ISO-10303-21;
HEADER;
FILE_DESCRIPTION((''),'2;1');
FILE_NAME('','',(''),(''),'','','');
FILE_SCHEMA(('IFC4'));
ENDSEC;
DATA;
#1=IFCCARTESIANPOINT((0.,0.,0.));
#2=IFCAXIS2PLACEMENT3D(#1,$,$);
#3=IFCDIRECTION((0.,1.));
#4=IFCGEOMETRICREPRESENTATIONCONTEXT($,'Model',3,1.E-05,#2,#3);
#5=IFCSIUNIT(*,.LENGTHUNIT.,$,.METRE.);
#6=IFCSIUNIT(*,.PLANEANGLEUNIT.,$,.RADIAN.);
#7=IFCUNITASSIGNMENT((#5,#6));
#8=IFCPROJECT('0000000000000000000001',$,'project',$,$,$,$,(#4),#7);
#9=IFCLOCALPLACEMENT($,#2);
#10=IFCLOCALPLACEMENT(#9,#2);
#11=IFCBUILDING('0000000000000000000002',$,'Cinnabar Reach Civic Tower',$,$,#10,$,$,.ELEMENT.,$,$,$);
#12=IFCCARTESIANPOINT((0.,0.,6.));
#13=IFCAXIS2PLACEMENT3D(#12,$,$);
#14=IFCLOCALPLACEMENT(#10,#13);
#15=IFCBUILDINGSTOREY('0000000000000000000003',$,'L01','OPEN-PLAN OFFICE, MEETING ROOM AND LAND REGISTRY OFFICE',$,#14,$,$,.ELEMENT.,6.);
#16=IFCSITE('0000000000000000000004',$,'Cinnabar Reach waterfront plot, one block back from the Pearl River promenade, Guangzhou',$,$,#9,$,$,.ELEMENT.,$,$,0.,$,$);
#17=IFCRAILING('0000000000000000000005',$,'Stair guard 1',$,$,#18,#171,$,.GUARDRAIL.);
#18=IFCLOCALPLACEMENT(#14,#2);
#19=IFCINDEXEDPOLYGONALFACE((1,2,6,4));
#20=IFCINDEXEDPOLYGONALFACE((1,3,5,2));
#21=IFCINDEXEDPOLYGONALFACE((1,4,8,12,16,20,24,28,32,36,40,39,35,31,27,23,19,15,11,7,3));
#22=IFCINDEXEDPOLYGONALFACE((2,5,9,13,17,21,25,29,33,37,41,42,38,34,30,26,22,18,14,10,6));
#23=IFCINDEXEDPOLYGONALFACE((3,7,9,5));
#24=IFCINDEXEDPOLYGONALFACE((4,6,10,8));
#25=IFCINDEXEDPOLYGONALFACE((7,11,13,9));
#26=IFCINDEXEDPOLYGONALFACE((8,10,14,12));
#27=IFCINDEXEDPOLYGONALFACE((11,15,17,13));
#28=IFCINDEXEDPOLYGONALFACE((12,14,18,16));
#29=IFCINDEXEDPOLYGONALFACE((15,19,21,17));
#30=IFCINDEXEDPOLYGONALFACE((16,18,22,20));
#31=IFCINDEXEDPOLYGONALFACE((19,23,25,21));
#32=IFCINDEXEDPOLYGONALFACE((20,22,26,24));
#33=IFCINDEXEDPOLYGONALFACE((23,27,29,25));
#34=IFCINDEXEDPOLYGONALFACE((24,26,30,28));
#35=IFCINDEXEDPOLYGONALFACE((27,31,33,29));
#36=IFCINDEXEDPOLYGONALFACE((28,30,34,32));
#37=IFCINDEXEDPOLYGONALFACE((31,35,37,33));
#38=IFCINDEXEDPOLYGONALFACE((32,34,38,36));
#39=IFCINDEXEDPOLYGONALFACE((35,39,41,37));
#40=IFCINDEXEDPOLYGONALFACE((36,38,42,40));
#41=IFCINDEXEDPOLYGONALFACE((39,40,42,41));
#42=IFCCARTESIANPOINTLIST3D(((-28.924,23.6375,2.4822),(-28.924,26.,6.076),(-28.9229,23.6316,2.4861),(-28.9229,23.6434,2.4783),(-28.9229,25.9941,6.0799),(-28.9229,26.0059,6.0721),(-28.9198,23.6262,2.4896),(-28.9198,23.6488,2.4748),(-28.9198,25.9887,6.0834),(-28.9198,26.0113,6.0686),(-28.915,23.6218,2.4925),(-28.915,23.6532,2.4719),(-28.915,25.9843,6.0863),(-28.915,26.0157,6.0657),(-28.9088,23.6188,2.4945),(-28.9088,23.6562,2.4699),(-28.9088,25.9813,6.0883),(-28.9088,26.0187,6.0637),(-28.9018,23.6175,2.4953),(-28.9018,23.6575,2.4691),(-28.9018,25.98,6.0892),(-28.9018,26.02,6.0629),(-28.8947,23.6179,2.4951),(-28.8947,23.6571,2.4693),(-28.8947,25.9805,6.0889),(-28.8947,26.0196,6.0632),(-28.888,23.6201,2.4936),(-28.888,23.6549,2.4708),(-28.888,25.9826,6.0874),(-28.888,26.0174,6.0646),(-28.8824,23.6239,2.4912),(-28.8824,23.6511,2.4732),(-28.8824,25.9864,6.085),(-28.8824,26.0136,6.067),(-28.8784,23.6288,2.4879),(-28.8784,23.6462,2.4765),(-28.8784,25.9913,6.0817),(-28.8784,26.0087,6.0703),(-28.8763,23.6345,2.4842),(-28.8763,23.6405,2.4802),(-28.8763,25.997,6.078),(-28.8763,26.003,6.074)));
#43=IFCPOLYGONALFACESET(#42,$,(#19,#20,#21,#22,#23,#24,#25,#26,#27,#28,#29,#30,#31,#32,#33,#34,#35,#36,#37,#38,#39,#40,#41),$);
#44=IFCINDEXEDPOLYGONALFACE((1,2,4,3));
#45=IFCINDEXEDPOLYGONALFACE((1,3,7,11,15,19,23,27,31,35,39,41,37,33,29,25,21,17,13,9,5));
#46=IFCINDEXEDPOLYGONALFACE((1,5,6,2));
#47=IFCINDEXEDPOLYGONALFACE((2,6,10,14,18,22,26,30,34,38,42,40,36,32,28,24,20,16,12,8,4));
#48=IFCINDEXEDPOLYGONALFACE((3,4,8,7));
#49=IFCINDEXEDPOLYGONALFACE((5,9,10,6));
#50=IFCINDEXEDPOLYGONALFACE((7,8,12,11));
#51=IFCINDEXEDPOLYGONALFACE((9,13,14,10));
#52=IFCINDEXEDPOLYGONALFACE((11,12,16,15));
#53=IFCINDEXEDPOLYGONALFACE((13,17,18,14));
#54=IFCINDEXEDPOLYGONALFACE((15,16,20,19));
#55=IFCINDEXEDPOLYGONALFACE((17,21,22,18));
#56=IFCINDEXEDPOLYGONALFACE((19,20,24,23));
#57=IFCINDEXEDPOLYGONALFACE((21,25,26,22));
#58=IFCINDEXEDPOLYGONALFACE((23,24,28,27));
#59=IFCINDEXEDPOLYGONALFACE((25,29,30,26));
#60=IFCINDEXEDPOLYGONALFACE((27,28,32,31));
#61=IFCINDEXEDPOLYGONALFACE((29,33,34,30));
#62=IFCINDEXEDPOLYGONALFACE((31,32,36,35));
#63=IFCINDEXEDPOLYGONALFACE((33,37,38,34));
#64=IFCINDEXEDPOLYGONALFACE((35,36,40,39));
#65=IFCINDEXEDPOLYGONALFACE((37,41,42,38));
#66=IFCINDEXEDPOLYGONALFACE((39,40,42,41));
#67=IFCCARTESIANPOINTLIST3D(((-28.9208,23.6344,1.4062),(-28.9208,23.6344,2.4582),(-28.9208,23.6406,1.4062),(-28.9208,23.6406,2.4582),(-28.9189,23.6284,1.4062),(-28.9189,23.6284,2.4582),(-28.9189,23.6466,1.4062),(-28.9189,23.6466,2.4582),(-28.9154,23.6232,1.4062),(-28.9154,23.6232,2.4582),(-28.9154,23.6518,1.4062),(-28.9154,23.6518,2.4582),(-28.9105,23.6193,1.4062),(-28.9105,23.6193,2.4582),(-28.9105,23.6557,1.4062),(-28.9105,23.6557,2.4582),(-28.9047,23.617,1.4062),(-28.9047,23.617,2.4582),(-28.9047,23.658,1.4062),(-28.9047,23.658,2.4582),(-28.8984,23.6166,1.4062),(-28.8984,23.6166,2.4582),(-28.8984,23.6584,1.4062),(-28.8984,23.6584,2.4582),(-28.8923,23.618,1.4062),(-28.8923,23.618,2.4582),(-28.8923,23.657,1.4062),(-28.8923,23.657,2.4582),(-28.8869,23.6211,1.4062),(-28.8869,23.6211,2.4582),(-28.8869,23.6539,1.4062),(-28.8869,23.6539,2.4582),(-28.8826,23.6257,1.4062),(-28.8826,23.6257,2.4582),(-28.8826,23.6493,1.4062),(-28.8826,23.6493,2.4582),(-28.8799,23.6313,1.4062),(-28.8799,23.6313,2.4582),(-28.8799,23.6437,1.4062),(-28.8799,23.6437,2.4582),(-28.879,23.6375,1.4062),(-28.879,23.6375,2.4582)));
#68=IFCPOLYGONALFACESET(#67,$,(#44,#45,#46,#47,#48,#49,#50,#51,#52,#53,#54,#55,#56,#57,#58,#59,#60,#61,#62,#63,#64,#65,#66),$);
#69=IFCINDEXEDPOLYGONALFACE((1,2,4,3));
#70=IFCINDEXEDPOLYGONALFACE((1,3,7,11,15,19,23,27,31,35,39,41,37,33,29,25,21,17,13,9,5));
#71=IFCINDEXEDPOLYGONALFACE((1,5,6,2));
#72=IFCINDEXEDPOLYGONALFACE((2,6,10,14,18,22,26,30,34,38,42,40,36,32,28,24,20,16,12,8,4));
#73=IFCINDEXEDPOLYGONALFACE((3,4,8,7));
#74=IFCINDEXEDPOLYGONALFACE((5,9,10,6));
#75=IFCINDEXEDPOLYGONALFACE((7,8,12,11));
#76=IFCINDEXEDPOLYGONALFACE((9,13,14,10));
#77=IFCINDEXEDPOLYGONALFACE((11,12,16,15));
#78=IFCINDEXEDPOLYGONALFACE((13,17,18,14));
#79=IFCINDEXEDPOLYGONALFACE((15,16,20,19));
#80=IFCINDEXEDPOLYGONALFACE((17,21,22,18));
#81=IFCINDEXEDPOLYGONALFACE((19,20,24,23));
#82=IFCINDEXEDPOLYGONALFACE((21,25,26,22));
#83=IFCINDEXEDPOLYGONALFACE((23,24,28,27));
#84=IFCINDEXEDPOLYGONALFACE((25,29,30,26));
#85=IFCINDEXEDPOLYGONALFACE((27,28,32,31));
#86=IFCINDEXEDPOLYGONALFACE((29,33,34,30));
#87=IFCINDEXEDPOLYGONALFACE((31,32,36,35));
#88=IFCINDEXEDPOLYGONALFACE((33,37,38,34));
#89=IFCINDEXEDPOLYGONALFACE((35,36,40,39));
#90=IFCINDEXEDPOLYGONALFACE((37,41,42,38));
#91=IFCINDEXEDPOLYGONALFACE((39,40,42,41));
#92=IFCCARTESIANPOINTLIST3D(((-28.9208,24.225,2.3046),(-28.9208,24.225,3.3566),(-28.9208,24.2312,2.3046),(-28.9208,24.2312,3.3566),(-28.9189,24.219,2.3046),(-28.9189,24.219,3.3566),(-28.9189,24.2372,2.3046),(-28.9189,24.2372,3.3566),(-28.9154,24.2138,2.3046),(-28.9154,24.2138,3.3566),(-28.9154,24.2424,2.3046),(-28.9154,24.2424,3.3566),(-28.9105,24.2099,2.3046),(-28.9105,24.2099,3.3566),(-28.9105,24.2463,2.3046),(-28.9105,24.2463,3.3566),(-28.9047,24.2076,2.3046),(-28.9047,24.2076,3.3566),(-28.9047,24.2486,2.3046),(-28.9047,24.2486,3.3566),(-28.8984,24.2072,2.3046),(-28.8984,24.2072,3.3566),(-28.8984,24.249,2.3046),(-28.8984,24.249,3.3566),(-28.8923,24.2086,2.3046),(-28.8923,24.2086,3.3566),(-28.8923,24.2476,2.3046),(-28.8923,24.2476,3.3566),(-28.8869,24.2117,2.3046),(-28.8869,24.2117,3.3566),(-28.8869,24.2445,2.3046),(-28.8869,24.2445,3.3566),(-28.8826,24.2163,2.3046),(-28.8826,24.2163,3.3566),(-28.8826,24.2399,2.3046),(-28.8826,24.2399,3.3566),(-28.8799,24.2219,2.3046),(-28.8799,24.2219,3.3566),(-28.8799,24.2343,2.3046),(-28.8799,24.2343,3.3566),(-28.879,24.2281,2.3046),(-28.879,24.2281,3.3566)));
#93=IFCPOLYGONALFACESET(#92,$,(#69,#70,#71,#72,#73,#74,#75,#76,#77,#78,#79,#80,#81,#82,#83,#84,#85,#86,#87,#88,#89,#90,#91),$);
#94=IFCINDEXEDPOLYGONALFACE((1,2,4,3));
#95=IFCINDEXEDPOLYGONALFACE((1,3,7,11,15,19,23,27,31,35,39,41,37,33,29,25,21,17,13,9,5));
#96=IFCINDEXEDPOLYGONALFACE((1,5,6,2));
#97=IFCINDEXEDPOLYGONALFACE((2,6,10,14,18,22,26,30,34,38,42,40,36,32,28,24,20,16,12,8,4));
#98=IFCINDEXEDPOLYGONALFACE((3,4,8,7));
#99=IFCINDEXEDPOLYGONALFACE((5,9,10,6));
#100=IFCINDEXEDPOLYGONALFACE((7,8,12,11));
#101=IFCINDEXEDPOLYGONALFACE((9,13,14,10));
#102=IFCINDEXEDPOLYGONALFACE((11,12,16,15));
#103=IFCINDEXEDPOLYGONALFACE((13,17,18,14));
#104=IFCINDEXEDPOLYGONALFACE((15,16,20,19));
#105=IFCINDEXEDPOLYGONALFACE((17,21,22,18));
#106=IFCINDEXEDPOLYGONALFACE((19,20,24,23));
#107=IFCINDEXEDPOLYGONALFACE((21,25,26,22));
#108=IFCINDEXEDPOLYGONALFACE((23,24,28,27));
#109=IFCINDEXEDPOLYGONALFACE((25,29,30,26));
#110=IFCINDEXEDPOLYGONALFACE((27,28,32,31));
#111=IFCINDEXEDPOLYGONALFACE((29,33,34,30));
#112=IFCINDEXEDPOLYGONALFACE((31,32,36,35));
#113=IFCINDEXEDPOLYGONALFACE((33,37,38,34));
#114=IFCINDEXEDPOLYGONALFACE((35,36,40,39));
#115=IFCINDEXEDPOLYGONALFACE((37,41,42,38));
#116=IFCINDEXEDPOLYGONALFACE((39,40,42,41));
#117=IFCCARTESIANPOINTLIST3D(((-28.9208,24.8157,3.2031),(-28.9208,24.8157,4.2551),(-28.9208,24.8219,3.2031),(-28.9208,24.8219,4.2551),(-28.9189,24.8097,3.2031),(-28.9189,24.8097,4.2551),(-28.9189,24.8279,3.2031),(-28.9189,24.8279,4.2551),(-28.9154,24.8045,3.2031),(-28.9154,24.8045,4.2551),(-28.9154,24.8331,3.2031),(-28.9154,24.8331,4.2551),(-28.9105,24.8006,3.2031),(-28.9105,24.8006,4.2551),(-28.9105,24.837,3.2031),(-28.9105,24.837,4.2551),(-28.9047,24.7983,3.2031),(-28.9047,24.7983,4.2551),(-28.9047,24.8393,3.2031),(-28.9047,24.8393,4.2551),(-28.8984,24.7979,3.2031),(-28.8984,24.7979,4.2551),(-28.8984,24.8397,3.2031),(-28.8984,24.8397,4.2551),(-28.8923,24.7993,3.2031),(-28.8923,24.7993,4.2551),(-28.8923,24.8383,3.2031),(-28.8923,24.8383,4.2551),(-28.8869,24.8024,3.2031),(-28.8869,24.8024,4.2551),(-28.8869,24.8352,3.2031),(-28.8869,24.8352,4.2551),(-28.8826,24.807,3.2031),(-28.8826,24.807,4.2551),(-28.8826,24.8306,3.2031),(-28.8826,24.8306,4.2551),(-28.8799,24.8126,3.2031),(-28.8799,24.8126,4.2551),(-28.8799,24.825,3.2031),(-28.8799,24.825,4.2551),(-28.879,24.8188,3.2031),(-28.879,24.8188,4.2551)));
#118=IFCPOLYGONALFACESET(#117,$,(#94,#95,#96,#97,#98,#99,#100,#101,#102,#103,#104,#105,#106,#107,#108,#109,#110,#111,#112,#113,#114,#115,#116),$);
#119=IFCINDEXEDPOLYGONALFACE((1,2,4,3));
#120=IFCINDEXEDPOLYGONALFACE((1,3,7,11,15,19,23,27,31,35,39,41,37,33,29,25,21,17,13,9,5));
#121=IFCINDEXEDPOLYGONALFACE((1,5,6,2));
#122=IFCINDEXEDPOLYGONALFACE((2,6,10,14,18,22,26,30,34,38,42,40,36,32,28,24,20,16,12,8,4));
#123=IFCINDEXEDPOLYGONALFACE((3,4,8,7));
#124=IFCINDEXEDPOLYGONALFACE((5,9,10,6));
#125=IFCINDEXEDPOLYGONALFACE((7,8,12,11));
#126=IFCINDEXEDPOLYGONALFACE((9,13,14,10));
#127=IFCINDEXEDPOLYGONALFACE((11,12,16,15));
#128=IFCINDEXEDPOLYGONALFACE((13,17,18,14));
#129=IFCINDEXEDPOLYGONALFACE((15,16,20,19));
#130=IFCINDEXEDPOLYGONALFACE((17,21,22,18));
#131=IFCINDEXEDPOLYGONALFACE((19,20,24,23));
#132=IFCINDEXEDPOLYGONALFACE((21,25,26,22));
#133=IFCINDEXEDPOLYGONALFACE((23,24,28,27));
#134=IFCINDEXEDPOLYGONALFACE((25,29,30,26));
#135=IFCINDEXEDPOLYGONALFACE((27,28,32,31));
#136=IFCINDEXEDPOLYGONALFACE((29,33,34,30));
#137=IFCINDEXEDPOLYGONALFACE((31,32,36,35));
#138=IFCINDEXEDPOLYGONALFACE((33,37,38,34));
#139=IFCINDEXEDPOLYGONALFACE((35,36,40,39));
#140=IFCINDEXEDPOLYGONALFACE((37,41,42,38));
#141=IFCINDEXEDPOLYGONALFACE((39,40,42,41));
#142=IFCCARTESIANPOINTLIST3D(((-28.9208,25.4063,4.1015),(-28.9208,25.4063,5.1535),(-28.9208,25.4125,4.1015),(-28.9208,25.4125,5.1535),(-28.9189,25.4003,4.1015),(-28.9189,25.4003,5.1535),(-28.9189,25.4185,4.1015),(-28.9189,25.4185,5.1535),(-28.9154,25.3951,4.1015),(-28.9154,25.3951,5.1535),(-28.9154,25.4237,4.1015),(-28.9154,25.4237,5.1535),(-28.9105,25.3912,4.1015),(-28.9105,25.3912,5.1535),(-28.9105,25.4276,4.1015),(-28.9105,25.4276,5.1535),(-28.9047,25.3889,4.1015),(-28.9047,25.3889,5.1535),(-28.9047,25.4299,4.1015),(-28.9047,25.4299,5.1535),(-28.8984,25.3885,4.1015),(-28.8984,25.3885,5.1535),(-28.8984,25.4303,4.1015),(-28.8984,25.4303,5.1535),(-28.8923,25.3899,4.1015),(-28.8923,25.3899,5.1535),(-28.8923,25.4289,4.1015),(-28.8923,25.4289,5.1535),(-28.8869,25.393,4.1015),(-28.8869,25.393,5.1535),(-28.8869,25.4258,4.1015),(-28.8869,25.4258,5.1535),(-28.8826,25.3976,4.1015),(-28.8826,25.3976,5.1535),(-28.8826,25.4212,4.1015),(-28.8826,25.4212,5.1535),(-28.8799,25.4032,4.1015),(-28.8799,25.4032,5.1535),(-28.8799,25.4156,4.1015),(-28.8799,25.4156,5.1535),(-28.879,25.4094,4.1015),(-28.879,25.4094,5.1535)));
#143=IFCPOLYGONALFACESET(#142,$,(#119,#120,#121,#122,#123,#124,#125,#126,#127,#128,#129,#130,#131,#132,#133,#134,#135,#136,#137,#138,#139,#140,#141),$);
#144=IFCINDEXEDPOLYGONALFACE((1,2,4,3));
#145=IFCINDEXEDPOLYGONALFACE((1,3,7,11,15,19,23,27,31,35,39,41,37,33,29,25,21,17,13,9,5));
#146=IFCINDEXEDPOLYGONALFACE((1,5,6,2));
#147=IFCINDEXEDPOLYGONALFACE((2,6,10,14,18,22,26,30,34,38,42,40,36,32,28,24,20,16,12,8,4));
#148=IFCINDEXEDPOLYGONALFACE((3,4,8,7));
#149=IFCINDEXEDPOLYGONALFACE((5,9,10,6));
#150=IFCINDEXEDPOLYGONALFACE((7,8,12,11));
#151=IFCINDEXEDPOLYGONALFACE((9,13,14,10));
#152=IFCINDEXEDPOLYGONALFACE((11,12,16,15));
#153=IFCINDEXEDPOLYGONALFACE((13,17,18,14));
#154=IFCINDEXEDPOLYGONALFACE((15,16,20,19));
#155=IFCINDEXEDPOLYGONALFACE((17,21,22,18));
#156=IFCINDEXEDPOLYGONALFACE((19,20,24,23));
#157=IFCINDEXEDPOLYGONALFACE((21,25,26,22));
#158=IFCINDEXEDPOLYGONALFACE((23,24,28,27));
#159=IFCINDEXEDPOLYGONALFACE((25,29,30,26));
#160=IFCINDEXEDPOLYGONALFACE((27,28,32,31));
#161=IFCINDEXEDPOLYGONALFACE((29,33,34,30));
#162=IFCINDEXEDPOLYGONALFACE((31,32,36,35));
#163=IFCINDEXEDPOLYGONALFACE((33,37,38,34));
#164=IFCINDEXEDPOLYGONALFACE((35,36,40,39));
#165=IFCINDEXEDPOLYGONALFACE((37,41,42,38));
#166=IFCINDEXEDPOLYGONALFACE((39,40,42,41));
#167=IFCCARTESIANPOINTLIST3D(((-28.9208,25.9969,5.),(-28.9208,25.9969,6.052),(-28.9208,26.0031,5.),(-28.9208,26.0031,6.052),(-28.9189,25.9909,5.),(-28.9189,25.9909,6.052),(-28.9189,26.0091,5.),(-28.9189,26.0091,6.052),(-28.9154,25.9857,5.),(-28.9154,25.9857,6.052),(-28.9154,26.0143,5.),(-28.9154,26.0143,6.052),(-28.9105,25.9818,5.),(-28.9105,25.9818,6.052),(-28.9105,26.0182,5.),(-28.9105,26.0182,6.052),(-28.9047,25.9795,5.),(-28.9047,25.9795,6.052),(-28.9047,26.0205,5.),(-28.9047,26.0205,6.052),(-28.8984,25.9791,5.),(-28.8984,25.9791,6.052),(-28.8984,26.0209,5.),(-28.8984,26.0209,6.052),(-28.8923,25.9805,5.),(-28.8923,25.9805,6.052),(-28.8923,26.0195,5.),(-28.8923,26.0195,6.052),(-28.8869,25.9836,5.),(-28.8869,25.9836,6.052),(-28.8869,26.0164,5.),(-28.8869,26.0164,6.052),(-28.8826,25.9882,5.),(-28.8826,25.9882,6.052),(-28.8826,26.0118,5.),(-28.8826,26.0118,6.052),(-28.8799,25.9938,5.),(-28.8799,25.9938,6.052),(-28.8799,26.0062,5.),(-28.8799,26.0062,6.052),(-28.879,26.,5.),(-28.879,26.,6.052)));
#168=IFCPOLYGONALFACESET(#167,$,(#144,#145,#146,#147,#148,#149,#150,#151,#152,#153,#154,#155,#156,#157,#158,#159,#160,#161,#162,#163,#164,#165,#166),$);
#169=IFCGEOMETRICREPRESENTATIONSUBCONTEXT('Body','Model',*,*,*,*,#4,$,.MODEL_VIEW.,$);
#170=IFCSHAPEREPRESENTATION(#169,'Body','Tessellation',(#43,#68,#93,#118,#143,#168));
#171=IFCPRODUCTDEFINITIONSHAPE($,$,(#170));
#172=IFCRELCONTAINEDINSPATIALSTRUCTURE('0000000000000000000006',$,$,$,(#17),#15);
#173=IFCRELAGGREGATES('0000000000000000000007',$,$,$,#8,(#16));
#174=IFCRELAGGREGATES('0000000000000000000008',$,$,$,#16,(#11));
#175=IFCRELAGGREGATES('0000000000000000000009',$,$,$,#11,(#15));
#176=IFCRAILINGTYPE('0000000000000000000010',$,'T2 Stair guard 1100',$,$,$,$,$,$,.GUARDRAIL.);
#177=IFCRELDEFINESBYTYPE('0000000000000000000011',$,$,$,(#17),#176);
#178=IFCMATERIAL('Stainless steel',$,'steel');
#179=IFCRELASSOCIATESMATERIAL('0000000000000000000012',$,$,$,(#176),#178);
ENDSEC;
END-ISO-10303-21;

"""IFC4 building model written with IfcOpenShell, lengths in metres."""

from ifc_helpers import new_model, si_unit, direction, frame, origin, origin_2d, place, context, subcontext, project, spatial, circle, extrude, material, type_object, element, save


model = new_model("IFC4")

# Units and contexts
model_context = context("Model", 3, precision=1e-05, world=origin(), true_north=direction((0.0, 1.0)))
body_context = subcontext(model_context, "Body", "Model", "MODEL_VIEW")
ifc_project = project(units=[si_unit("LENGTHUNIT", "METRE"), si_unit("PLANEANGLEUNIT", "RADIAN")], contexts=[model_context])

# Site, building, storey
site_placement = place(None, origin())
site = spatial("IfcSite", under=ifc_project, at=site_placement, Name="Cinnabar Reach waterfront plot, one block back from the Pearl River promenade, Guangzhou", CompositionType="ELEMENT", RefElevation=0.0)
building_placement = place(site_placement, origin())
building = spatial("IfcBuilding", under=site, at=building_placement, Name="Cinnabar Reach Civic Tower", CompositionType="ELEMENT")
storey_placement = place(building_placement, frame((0.0, 0.0, 6.0)))
storey = spatial("IfcBuildingStorey", under=building, at=storey_placement, Name="L01", Description="OPEN-PLAN OFFICE, MEETING ROOM AND LAND REGISTRY OFFICE", CompositionType="ELEMENT", Elevation=6.0)

# Railing
ifc_material_1 = material(Name="Stainless steel", Category="steel")
railing_type_1 = type_object("IfcRailingType", Name="T2 Stair guard 1100", PredefinedType="GUARDRAIL", material=ifc_material_1)
railing_1_placement = place(storey_placement, frame((-28.9, 23.6375, 1.4062)))
element("IfcRailing", 1, at=railing_1_placement, inside=storey, type_object=railing_type_1, Name="Stair guard 1", PredefinedType="GUARDRAIL", context=body_context, shape_type="SweptSolid", body=[
    extrude(circle(Radius=0.024, at=origin_2d()), frame((0.0, 0.0, 1.076), z_axis=(0.0, 0.549318, 0.835614), x_axis=(-1.0, 0.0, 0.0)), (0.0, 0.0, 1.0), 4.3008),
    extrude(circle(Radius=0.021, at=origin_2d()), origin(), (0.0, 0.0, 1.0), 1.052),
    extrude(circle(Radius=0.021, at=origin_2d()), frame((0.0, 0.5906, 0.8984)), (0.0, 0.0, 1.0), 1.052),
    extrude(circle(Radius=0.021, at=origin_2d()), frame((0.0, 1.1813, 1.7969)), (0.0, 0.0, 1.0), 1.052),
    extrude(circle(Radius=0.021, at=origin_2d()), frame((0.0, 1.7719, 2.6953)), (0.0, 0.0, 1.0), 1.052),
    extrude(circle(Radius=0.021, at=origin_2d()), frame((0.0, 2.3625, 3.5938)), (0.0, 0.0, 1.0), 1.052),
])

save(model, "model.ifc")
